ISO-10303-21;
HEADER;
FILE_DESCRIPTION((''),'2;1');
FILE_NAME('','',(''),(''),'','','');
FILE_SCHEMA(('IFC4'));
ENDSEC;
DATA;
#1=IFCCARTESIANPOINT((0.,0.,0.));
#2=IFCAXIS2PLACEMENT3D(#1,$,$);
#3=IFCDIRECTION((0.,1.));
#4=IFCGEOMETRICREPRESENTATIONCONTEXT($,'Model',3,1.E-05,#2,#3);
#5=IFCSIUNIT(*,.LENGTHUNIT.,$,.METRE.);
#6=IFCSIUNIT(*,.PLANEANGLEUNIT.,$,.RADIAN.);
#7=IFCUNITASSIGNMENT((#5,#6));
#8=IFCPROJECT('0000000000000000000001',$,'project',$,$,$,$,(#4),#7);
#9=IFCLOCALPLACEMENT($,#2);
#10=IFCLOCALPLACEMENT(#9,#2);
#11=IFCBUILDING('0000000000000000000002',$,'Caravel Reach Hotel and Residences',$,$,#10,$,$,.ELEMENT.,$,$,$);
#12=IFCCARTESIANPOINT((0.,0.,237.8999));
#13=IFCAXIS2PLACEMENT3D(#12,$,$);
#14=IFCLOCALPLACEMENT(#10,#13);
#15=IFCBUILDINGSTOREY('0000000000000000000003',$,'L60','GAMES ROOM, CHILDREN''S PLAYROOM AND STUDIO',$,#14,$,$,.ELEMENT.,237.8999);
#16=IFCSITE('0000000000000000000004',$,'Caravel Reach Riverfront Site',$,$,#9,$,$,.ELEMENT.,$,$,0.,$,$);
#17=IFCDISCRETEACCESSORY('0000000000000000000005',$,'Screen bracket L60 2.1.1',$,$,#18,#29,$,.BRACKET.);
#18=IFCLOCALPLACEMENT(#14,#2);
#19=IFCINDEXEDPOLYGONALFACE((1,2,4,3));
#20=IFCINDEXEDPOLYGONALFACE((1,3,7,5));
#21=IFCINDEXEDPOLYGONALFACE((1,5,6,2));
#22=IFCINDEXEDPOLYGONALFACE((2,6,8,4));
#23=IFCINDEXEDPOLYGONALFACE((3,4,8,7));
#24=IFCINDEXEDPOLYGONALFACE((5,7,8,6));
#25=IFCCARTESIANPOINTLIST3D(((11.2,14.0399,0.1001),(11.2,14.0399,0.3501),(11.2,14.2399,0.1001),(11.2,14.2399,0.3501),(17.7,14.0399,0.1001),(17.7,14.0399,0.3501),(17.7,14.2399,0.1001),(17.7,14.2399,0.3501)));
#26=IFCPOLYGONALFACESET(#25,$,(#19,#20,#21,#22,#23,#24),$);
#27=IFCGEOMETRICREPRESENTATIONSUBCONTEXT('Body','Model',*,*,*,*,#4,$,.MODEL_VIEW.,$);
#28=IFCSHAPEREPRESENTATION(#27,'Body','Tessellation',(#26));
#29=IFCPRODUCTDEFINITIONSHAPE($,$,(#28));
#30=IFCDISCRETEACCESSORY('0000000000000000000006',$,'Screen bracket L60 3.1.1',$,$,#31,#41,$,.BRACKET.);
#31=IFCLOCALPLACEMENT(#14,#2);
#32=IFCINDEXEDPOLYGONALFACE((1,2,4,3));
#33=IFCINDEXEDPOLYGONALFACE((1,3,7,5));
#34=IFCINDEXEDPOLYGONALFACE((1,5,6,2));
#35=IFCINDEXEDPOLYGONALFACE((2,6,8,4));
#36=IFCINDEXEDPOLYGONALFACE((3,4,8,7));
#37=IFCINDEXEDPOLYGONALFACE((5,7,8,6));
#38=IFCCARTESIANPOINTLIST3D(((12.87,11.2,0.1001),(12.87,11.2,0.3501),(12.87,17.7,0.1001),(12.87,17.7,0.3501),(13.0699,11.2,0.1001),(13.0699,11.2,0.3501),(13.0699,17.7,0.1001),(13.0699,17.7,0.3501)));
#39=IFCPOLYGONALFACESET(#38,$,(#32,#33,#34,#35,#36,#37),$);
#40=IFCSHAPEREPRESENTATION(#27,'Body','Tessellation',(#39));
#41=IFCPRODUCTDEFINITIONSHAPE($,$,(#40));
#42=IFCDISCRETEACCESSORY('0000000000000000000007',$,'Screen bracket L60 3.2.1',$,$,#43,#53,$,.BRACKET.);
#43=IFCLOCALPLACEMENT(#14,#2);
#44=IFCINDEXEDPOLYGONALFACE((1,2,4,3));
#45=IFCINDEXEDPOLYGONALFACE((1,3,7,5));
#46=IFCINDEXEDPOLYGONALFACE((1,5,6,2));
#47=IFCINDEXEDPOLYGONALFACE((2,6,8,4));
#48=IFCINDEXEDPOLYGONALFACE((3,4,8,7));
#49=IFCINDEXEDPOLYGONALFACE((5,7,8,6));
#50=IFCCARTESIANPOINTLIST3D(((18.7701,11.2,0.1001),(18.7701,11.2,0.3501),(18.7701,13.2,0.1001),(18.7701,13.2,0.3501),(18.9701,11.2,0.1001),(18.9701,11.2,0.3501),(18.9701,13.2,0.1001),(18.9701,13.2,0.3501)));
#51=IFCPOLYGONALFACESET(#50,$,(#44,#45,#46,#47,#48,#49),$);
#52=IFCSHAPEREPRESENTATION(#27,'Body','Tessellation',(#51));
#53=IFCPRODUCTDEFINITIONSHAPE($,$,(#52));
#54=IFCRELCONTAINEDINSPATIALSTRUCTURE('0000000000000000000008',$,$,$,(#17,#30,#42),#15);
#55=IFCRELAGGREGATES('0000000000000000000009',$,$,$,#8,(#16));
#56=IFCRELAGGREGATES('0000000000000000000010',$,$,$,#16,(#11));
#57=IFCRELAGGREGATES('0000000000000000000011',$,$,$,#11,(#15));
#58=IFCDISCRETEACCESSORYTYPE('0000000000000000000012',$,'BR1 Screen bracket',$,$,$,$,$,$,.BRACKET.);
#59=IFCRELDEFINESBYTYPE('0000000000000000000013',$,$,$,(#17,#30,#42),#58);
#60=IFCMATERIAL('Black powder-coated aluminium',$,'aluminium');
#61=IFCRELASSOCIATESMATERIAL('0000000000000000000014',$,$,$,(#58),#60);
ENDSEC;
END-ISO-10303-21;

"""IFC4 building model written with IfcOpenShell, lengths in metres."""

from ifc_helpers import new_model, si_unit, direction, frame, origin, origin_2d, place, context, subcontext, project, spatial, rectangle, extrude, material, type_object, element, save


model = new_model("IFC4")

# Units and contexts
model_context = context("Model", 3, precision=1e-05, world=origin(), true_north=direction((0.0, 1.0)))
body_context = subcontext(model_context, "Body", "Model", "MODEL_VIEW")
ifc_project = project(units=[si_unit("LENGTHUNIT", "METRE"), si_unit("PLANEANGLEUNIT", "RADIAN")], contexts=[model_context])

# Site, building, storey
site_placement = place(None, origin())
site = spatial("IfcSite", under=ifc_project, at=site_placement, Name="Caravel Reach Riverfront Site", CompositionType="ELEMENT", RefElevation=0.0)
building_placement = place(site_placement, origin())
building = spatial("IfcBuilding", under=site, at=building_placement, Name="Caravel Reach Hotel and Residences", CompositionType="ELEMENT")
storey_placement = place(building_placement, frame((0.0, 0.0, 237.8999)))
storey = spatial("IfcBuildingStorey", under=building, at=storey_placement, Name="L60", Description="GAMES ROOM, CHILDREN'S PLAYROOM AND STUDIO", CompositionType="ELEMENT", Elevation=237.8999)

# Discrete accessories
ifc_material_1 = material(Name="Black powder-coated aluminium", Category="aluminium")
discrete_accessory_type = type_object("IfcDiscreteAccessoryType", Name="BR1 Screen bracket", PredefinedType="BRACKET", material=ifc_material_1)
for number, where, z_axis, x_axis, name in (
    (1, (14.45, 14.1399, 0.1001), (0.0, 0.0, 1.0), (-1.0, 0.0, 0.0), "Screen bracket L60 2.1.1"),
    (2, (12.97, 14.45, 0.1001), (0.0, 0.0, 1.0), (0.0, -1.0, 0.0), "Screen bracket L60 3.1.1"),
):
    element("IfcDiscreteAccessory", number, at=place(storey_placement, frame(where, z_axis=z_axis, x_axis=x_axis)), inside=storey, type_object=discrete_accessory_type, Name=name, PredefinedType="BRACKET", context=body_context, shape_type="SweptSolid", body=[
        extrude(rectangle(XDim=6.5, YDim=0.2, at=origin_2d()), origin(), (0.0, 0.0, 1.0), 0.25),
    ])
discrete_accessory_placement = place(storey_placement, frame((18.8701, 12.2, 0.1001), z_axis=(0.0, 0.0, 1.0), x_axis=(0.0, -1.0, 0.0)))
element("IfcDiscreteAccessory", 3, at=discrete_accessory_placement, inside=storey, type_object=discrete_accessory_type, Name="Screen bracket L60 3.2.1", PredefinedType="BRACKET", context=body_context, shape_type="SweptSolid", body=[
    extrude(rectangle(XDim=2.0, YDim=0.2, at=origin_2d()), origin(), (0.0, 0.0, 1.0), 0.25),
])

save(model, "model.ifc")
